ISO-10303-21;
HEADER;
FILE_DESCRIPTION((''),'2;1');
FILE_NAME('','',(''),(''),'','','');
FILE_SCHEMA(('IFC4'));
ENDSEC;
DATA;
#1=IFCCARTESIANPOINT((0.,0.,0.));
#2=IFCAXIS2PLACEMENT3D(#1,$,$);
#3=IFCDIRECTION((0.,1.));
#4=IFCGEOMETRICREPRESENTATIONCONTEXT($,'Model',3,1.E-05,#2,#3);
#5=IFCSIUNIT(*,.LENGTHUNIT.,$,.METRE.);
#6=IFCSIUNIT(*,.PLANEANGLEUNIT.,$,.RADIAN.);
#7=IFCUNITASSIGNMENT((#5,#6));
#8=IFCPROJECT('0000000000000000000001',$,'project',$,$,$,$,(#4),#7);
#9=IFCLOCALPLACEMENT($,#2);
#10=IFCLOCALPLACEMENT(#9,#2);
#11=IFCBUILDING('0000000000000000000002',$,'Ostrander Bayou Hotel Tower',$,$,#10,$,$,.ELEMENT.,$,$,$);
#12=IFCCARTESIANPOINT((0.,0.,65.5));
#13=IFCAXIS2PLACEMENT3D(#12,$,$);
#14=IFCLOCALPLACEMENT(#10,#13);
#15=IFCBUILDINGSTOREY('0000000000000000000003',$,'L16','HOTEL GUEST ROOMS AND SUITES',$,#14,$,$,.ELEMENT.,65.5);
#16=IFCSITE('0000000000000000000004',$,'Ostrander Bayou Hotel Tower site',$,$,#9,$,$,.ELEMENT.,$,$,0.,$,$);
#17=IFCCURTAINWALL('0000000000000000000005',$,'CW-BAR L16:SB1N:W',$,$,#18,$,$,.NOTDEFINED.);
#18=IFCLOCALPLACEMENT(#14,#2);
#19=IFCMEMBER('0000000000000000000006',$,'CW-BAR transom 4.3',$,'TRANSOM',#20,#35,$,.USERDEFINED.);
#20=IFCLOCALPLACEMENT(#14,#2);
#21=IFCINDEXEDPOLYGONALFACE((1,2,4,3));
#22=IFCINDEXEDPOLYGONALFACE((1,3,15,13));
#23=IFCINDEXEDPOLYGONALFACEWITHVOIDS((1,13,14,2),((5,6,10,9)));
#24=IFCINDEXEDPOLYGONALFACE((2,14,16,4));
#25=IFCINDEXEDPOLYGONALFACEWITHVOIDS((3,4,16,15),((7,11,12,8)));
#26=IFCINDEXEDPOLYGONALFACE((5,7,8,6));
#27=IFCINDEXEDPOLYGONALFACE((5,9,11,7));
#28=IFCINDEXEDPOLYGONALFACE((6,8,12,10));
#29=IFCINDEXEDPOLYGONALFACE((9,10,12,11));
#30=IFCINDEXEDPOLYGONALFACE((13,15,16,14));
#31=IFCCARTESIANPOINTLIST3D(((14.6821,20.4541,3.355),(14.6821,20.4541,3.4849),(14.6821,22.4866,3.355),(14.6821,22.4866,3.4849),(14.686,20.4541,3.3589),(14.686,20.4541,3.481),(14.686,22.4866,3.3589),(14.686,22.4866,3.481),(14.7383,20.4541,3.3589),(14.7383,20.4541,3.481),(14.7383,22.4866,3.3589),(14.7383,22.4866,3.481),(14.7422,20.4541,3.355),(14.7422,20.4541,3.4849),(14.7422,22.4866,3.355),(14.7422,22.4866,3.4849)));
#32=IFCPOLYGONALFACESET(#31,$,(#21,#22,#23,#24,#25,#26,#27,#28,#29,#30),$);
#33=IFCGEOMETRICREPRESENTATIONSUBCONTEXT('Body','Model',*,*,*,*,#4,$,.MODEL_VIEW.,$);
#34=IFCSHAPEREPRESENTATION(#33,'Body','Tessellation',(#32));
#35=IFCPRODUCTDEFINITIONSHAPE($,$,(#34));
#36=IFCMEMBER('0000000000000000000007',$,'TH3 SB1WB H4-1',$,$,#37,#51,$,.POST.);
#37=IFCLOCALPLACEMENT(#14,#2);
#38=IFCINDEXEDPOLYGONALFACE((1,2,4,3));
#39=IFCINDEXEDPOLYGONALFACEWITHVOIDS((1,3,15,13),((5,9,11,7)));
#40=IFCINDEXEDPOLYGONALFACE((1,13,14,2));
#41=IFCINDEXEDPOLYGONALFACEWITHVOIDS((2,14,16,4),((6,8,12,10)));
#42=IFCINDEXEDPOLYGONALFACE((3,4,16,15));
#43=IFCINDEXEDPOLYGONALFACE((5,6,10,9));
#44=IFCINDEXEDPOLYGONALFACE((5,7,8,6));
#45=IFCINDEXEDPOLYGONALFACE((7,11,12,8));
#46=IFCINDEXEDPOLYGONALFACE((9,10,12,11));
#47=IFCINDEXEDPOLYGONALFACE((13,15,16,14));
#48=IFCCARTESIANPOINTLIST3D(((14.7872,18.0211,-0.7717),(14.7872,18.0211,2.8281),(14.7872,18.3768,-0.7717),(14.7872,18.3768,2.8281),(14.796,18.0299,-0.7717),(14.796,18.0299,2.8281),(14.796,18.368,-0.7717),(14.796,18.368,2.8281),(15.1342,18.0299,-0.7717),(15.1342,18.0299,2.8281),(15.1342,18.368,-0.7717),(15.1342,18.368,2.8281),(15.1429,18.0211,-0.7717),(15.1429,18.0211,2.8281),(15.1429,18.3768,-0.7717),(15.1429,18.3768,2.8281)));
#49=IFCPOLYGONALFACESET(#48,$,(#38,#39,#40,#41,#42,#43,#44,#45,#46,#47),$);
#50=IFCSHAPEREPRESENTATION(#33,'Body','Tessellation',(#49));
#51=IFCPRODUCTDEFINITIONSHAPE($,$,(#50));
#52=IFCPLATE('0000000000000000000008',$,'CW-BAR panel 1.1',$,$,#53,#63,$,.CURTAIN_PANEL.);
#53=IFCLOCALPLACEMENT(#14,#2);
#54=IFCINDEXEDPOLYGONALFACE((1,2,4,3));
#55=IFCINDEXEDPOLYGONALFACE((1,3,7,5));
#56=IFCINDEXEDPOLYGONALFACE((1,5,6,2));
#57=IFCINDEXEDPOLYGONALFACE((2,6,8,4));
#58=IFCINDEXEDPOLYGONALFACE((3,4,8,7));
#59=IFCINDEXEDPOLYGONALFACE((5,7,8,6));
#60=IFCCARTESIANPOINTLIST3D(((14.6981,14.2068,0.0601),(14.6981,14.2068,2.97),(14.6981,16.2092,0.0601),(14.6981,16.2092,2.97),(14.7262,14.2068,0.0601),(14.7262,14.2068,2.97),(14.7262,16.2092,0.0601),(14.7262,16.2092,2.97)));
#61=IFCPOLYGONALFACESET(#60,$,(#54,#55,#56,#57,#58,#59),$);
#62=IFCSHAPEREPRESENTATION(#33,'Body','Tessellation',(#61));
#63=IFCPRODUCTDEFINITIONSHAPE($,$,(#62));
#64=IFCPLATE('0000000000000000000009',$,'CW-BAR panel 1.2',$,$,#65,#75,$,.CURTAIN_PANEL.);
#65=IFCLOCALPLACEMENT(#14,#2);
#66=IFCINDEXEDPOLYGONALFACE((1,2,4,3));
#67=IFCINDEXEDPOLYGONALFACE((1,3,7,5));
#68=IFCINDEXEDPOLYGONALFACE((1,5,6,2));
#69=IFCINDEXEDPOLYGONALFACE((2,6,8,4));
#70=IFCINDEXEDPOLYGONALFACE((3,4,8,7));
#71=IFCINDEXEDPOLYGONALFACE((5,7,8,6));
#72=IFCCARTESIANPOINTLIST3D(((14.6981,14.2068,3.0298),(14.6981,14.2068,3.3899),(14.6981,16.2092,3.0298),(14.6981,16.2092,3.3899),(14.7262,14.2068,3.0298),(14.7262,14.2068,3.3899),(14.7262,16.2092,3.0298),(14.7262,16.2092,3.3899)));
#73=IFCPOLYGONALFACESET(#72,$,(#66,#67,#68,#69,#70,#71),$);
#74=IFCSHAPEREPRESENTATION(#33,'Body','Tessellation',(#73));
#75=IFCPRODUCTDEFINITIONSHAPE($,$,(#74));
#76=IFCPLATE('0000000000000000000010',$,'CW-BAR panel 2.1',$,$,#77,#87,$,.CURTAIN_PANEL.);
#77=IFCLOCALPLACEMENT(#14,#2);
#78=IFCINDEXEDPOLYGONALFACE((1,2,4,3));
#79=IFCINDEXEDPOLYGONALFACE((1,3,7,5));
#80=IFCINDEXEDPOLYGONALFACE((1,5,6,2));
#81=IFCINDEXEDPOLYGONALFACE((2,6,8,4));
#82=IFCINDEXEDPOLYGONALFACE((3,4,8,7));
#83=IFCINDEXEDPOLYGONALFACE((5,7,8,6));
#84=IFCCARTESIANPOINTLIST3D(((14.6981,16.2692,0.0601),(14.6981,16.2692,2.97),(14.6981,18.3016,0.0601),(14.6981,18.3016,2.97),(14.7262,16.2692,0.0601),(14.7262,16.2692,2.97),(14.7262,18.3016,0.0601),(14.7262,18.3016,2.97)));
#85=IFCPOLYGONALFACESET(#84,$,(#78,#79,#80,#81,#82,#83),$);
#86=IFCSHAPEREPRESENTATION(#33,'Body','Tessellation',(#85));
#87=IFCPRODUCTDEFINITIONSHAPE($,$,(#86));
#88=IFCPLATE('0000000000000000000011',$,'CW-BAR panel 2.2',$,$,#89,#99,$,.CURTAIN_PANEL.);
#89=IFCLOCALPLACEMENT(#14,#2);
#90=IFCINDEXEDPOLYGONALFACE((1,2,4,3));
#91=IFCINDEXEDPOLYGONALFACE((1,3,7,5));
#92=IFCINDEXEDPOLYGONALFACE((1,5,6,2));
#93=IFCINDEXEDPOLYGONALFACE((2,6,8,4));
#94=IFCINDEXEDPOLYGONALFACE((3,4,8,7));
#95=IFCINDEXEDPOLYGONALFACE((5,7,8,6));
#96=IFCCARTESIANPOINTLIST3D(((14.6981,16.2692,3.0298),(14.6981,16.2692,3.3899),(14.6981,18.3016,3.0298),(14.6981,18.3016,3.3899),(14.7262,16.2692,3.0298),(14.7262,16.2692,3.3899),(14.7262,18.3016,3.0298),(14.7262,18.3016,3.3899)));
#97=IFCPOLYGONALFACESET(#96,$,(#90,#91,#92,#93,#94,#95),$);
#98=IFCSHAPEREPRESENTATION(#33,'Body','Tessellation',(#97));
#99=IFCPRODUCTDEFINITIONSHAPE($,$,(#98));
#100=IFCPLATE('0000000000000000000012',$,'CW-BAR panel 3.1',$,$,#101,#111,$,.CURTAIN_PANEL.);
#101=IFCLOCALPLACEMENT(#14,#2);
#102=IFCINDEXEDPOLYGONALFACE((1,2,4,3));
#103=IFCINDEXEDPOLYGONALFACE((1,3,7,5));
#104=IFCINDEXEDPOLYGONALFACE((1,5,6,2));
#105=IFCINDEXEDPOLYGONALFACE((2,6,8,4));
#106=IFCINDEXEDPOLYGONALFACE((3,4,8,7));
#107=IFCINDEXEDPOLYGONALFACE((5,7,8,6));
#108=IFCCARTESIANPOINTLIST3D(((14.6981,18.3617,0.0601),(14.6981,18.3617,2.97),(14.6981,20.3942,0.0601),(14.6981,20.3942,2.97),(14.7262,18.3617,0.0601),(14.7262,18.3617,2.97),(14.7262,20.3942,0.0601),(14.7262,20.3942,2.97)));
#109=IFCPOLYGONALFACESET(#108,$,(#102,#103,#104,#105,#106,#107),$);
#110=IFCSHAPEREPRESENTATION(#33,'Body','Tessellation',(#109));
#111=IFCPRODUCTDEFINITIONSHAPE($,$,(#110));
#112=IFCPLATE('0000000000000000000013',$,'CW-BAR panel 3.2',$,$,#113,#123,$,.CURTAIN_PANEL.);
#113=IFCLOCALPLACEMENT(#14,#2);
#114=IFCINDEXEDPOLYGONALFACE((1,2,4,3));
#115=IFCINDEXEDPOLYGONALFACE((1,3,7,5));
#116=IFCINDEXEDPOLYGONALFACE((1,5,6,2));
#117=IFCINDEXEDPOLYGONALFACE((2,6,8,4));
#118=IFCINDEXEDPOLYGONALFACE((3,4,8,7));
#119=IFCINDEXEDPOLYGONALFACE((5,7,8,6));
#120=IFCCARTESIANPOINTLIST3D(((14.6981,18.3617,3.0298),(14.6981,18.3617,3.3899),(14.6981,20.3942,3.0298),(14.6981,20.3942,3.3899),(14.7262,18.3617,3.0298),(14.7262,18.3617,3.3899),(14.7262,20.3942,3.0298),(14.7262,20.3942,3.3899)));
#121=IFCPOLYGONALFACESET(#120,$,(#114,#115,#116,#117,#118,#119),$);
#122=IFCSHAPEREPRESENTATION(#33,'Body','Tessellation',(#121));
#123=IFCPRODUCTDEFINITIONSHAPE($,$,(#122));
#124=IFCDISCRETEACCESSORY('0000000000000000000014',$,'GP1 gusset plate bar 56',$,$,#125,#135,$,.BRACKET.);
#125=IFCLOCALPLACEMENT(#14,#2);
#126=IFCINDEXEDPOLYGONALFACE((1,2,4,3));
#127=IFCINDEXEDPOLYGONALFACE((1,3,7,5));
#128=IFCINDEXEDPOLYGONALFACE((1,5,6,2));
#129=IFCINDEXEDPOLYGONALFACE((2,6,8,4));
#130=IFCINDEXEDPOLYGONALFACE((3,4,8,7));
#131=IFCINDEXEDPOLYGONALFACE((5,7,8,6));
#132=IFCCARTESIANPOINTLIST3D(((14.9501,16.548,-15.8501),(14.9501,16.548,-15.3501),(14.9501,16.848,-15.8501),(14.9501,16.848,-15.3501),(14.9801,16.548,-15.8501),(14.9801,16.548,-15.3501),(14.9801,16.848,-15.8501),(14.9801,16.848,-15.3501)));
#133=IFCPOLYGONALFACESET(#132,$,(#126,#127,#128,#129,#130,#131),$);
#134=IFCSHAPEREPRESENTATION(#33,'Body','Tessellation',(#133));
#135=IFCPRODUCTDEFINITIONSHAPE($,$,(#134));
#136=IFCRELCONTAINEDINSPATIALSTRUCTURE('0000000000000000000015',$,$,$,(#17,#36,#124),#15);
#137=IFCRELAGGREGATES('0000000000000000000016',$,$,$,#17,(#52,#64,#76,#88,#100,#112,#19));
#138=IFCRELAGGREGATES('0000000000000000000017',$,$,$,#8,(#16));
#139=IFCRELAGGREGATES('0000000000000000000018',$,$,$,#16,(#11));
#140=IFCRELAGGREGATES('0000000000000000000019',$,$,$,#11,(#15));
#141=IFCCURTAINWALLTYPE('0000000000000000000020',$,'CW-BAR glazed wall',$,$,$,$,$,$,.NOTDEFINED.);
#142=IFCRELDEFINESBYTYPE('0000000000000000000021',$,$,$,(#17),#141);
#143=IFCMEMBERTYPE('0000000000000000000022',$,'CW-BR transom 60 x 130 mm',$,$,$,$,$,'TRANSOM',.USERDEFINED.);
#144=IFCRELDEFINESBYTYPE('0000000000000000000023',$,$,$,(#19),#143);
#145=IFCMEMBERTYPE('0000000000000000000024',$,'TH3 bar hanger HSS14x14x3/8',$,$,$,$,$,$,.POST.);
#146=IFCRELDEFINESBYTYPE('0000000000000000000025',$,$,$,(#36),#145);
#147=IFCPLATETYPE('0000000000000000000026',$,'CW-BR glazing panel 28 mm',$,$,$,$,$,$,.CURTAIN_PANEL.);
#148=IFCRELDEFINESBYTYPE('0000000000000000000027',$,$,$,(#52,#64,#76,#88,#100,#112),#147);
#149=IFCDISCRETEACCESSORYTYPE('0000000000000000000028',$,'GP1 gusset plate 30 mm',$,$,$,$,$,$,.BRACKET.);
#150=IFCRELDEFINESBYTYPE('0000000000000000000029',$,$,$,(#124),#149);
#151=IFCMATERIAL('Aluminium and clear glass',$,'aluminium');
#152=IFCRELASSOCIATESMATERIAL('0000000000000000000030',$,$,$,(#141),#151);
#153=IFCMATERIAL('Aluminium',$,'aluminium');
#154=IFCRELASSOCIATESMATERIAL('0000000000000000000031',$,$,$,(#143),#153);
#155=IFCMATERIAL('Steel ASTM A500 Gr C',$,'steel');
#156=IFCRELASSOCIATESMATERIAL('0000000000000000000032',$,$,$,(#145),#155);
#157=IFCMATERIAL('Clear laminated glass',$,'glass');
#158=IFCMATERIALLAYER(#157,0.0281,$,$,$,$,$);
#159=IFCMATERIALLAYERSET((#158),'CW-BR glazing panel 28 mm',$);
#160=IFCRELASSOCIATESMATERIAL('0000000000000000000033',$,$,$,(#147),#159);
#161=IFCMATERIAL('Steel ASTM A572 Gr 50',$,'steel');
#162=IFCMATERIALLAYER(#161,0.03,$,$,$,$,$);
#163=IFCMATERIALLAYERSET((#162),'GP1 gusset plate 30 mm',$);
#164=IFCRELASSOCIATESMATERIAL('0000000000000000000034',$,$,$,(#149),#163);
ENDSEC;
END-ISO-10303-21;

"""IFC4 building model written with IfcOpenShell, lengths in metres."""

from ifc_helpers import new_model, si_unit, direction, frame, origin, origin_2d, place, context, subcontext, project, spatial, rectangle, hollow_rectangle, extrude, material, layer, layer_set, material_profile, profile_set, type_object, element, aggregate, save


model = new_model("IFC4")

# Units and contexts
model_context = context("Model", 3, precision=1e-05, world=origin(), true_north=direction((0.0, 1.0)))
body_context = subcontext(model_context, "Body", "Model", "MODEL_VIEW")
ifc_project = project(units=[si_unit("LENGTHUNIT", "METRE"), si_unit("PLANEANGLEUNIT", "RADIAN")], contexts=[model_context])

# Site, building, storey
site_placement = place(None, origin())
site = spatial("IfcSite", under=ifc_project, at=site_placement, Name="Ostrander Bayou Hotel Tower site", CompositionType="ELEMENT", RefElevation=0.0)
building_placement = place(site_placement, origin())
building = spatial("IfcBuilding", under=site, at=building_placement, Name="Ostrander Bayou Hotel Tower", CompositionType="ELEMENT")
storey_placement = place(building_placement, frame((0.0, 0.0, 65.5)))
storey = spatial("IfcBuildingStorey", under=building, at=storey_placement, Name="L16", Description="HOTEL GUEST ROOMS AND SUITES", CompositionType="ELEMENT", Elevation=65.5)

# Curtain wall, member
ifc_material_1 = material(Name="Aluminium and clear glass", Category="aluminium")
curtain_wall_type = type_object("IfcCurtainWallType", Name="CW-BAR glazed wall", PredefinedType="NOTDEFINED", material=ifc_material_1)
curtain_wall_placement = place(storey_placement, origin())
curtain_wall = element("IfcCurtainWall", 1, at=curtain_wall_placement, inside=storey, type_object=curtain_wall_type, Name="CW-BAR L16:SB1N:W", PredefinedType="NOTDEFINED")
ifc_material_2 = material(Name="Aluminium", Category="aluminium")
ifc_material_profile_1 = material_profile(ifc_material_2, hollow_rectangle(XDim=0.0601, YDim=0.1299, WallThickness=0.0039, at=origin_2d()))
ifc_profile_set_1 = profile_set([ifc_material_profile_1], Name="Aluminium")
member_type_1 = type_object("IfcMemberType", Name="CW-BR transom 60 x 130 mm", ElementType="TRANSOM", PredefinedType="USERDEFINED", material=ifc_profile_set_1)
member_1_placement = place(storey_placement, frame((14.7122, 20.4541, 3.4199), z_axis=(0.0, 1.0, 0.0), x_axis=(-1.0, 0.0, 0.0)))
member_1 = element("IfcMember", 2, at=member_1_placement, type_object=member_type_1, Name="CW-BAR transom 4.3", ObjectType="TRANSOM", PredefinedType="USERDEFINED", context=body_context, shape_type="SweptSolid", body=[
    extrude(hollow_rectangle(XDim=0.0601, YDim=0.1299, WallThickness=0.0039, at=origin_2d()), origin(), (0.0, 0.0, 1.0), 2.0325),
])

# Member
ifc_material_3 = material(Name="Steel ASTM A500 Gr C", Category="steel")
ifc_material_profile_2 = material_profile(ifc_material_3, hollow_rectangle(XDim=0.3557, YDim=0.3557, WallThickness=0.0088, at=origin_2d()))
ifc_profile_set_2 = profile_set([ifc_material_profile_2], Name="Steel ASTM A500 Gr C")
member_type_2 = type_object("IfcMemberType", Name="TH3 bar hanger HSS14x14x3/8", PredefinedType="POST", material=ifc_profile_set_2)
member_2_placement = place(storey_placement, frame((14.9651, 18.199, -0.7717), z_axis=(0.0, 0.0, 1.0), x_axis=(1.0, 0.0, 0.0)))
element("IfcMember", 3, at=member_2_placement, inside=storey, type_object=member_type_2, Name="TH3 SB1WB H4-1", PredefinedType="POST", context=body_context, shape_type="SweptSolid", body=[
    extrude(hollow_rectangle(XDim=0.3557, YDim=0.3557, WallThickness=0.0088, at=origin_2d()), origin(), (0.0, 0.0, 1.0), 3.5999),
])

# Plates
ifc_material_4 = material(Name="Clear laminated glass", Category="glass")
ifc_layer_1 = layer(ifc_material_4, 0.0281)
ifc_layer_set_1 = layer_set([ifc_layer_1], Name="CW-BR glazing panel 28 mm")
plate_type = type_object("IfcPlateType", Name="CW-BR glazing panel 28 mm", PredefinedType="CURTAIN_PANEL", material=ifc_layer_set_1)
plate_1_placement = place(storey_placement, frame((14.7122, 15.208, 0.0601), z_axis=(0.0, 0.0, 1.0), x_axis=(0.0, 1.0, 0.0)))
plate_1 = element("IfcPlate", 4, at=plate_1_placement, type_object=plate_type, Name="CW-BAR panel 1.1", PredefinedType="CURTAIN_PANEL", context=body_context, shape_type="SweptSolid", body=[
    extrude(rectangle(XDim=2.0024, YDim=0.0281, at=origin_2d()), origin(), (0.0, 0.0, 1.0), 2.9099),
])
plate_2_placement = place(storey_placement, frame((14.7122, 15.208, 3.0298), z_axis=(0.0, 0.0, 1.0), x_axis=(0.0, 1.0, 0.0)))
plate_2 = element("IfcPlate", 5, at=plate_2_placement, type_object=plate_type, Name="CW-BAR panel 1.2", PredefinedType="CURTAIN_PANEL", context=body_context, shape_type="SweptSolid", body=[
    extrude(rectangle(XDim=2.0024, YDim=0.0281, at=origin_2d()), origin(), (0.0, 0.0, 1.0), 0.3601),
])
plate_3_placement = place(storey_placement, frame((14.7122, 17.2854, 0.0601), z_axis=(0.0, 0.0, 1.0), x_axis=(0.0, 1.0, 0.0)))
plate_3 = element("IfcPlate", 6, at=plate_3_placement, type_object=plate_type, Name="CW-BAR panel 2.1", PredefinedType="CURTAIN_PANEL", context=body_context, shape_type="SweptSolid", body=[
    extrude(rectangle(XDim=2.0325, YDim=0.0281, at=origin_2d()), origin(), (0.0, 0.0, 1.0), 2.9099),
])
plate_4_placement = place(storey_placement, frame((14.7122, 17.2854, 3.0298), z_axis=(0.0, 0.0, 1.0), x_axis=(0.0, 1.0, 0.0)))
plate_4 = element("IfcPlate", 7, at=plate_4_placement, type_object=plate_type, Name="CW-BAR panel 2.2", PredefinedType="CURTAIN_PANEL", context=body_context, shape_type="SweptSolid", body=[
    extrude(rectangle(XDim=2.0325, YDim=0.0281, at=origin_2d()), origin(), (0.0, 0.0, 1.0), 0.3601),
])
plate_5_placement = place(storey_placement, frame((14.7122, 19.3779, 0.0601), z_axis=(0.0, 0.0, 1.0), x_axis=(0.0, 1.0, 0.0)))
plate_5 = element("IfcPlate", 8, at=plate_5_placement, type_object=plate_type, Name="CW-BAR panel 3.1", PredefinedType="CURTAIN_PANEL", context=body_context, shape_type="SweptSolid", body=[
    extrude(rectangle(XDim=2.0325, YDim=0.0281, at=origin_2d()), origin(), (0.0, 0.0, 1.0), 2.9099),
])
plate_6_placement = place(storey_placement, frame((14.7122, 19.3779, 3.0298), z_axis=(0.0, 0.0, 1.0), x_axis=(0.0, 1.0, 0.0)))
plate_6 = element("IfcPlate", 9, at=plate_6_placement, type_object=plate_type, Name="CW-BAR panel 3.2", PredefinedType="CURTAIN_PANEL", context=body_context, shape_type="SweptSolid", body=[
    extrude(rectangle(XDim=2.0325, YDim=0.0281, at=origin_2d()), origin(), (0.0, 0.0, 1.0), 0.3601),
])
aggregate(curtain_wall, [plate_1, plate_2, plate_3, plate_4, plate_5, plate_6, member_1])

# Discrete accessory
ifc_material_5 = material(Name="Steel ASTM A572 Gr 50", Category="steel")
ifc_layer_2 = layer(ifc_material_5, 0.03)
ifc_layer_set_2 = layer_set([ifc_layer_2], Name="GP1 gusset plate 30 mm")
discrete_accessory_type = type_object("IfcDiscreteAccessoryType", Name="GP1 gusset plate 30 mm", PredefinedType="BRACKET", material=ifc_layer_set_2)
discrete_accessory_placement = place(storey_placement, frame((14.9651, 16.698, -15.8501), z_axis=(0.0, 0.0, 1.0), x_axis=(0.0, -1.0, 0.0)))
element("IfcDiscreteAccessory", 10, at=discrete_accessory_placement, inside=storey, type_object=discrete_accessory_type, Name="GP1 gusset plate bar 56", PredefinedType="BRACKET", context=body_context, shape_type="SweptSolid", body=[
    extrude(rectangle(XDim=0.3, YDim=0.03, at=origin_2d()), origin(), (0.0, 0.0, 1.0), 0.5),
])

save(model, "model.ifc")
